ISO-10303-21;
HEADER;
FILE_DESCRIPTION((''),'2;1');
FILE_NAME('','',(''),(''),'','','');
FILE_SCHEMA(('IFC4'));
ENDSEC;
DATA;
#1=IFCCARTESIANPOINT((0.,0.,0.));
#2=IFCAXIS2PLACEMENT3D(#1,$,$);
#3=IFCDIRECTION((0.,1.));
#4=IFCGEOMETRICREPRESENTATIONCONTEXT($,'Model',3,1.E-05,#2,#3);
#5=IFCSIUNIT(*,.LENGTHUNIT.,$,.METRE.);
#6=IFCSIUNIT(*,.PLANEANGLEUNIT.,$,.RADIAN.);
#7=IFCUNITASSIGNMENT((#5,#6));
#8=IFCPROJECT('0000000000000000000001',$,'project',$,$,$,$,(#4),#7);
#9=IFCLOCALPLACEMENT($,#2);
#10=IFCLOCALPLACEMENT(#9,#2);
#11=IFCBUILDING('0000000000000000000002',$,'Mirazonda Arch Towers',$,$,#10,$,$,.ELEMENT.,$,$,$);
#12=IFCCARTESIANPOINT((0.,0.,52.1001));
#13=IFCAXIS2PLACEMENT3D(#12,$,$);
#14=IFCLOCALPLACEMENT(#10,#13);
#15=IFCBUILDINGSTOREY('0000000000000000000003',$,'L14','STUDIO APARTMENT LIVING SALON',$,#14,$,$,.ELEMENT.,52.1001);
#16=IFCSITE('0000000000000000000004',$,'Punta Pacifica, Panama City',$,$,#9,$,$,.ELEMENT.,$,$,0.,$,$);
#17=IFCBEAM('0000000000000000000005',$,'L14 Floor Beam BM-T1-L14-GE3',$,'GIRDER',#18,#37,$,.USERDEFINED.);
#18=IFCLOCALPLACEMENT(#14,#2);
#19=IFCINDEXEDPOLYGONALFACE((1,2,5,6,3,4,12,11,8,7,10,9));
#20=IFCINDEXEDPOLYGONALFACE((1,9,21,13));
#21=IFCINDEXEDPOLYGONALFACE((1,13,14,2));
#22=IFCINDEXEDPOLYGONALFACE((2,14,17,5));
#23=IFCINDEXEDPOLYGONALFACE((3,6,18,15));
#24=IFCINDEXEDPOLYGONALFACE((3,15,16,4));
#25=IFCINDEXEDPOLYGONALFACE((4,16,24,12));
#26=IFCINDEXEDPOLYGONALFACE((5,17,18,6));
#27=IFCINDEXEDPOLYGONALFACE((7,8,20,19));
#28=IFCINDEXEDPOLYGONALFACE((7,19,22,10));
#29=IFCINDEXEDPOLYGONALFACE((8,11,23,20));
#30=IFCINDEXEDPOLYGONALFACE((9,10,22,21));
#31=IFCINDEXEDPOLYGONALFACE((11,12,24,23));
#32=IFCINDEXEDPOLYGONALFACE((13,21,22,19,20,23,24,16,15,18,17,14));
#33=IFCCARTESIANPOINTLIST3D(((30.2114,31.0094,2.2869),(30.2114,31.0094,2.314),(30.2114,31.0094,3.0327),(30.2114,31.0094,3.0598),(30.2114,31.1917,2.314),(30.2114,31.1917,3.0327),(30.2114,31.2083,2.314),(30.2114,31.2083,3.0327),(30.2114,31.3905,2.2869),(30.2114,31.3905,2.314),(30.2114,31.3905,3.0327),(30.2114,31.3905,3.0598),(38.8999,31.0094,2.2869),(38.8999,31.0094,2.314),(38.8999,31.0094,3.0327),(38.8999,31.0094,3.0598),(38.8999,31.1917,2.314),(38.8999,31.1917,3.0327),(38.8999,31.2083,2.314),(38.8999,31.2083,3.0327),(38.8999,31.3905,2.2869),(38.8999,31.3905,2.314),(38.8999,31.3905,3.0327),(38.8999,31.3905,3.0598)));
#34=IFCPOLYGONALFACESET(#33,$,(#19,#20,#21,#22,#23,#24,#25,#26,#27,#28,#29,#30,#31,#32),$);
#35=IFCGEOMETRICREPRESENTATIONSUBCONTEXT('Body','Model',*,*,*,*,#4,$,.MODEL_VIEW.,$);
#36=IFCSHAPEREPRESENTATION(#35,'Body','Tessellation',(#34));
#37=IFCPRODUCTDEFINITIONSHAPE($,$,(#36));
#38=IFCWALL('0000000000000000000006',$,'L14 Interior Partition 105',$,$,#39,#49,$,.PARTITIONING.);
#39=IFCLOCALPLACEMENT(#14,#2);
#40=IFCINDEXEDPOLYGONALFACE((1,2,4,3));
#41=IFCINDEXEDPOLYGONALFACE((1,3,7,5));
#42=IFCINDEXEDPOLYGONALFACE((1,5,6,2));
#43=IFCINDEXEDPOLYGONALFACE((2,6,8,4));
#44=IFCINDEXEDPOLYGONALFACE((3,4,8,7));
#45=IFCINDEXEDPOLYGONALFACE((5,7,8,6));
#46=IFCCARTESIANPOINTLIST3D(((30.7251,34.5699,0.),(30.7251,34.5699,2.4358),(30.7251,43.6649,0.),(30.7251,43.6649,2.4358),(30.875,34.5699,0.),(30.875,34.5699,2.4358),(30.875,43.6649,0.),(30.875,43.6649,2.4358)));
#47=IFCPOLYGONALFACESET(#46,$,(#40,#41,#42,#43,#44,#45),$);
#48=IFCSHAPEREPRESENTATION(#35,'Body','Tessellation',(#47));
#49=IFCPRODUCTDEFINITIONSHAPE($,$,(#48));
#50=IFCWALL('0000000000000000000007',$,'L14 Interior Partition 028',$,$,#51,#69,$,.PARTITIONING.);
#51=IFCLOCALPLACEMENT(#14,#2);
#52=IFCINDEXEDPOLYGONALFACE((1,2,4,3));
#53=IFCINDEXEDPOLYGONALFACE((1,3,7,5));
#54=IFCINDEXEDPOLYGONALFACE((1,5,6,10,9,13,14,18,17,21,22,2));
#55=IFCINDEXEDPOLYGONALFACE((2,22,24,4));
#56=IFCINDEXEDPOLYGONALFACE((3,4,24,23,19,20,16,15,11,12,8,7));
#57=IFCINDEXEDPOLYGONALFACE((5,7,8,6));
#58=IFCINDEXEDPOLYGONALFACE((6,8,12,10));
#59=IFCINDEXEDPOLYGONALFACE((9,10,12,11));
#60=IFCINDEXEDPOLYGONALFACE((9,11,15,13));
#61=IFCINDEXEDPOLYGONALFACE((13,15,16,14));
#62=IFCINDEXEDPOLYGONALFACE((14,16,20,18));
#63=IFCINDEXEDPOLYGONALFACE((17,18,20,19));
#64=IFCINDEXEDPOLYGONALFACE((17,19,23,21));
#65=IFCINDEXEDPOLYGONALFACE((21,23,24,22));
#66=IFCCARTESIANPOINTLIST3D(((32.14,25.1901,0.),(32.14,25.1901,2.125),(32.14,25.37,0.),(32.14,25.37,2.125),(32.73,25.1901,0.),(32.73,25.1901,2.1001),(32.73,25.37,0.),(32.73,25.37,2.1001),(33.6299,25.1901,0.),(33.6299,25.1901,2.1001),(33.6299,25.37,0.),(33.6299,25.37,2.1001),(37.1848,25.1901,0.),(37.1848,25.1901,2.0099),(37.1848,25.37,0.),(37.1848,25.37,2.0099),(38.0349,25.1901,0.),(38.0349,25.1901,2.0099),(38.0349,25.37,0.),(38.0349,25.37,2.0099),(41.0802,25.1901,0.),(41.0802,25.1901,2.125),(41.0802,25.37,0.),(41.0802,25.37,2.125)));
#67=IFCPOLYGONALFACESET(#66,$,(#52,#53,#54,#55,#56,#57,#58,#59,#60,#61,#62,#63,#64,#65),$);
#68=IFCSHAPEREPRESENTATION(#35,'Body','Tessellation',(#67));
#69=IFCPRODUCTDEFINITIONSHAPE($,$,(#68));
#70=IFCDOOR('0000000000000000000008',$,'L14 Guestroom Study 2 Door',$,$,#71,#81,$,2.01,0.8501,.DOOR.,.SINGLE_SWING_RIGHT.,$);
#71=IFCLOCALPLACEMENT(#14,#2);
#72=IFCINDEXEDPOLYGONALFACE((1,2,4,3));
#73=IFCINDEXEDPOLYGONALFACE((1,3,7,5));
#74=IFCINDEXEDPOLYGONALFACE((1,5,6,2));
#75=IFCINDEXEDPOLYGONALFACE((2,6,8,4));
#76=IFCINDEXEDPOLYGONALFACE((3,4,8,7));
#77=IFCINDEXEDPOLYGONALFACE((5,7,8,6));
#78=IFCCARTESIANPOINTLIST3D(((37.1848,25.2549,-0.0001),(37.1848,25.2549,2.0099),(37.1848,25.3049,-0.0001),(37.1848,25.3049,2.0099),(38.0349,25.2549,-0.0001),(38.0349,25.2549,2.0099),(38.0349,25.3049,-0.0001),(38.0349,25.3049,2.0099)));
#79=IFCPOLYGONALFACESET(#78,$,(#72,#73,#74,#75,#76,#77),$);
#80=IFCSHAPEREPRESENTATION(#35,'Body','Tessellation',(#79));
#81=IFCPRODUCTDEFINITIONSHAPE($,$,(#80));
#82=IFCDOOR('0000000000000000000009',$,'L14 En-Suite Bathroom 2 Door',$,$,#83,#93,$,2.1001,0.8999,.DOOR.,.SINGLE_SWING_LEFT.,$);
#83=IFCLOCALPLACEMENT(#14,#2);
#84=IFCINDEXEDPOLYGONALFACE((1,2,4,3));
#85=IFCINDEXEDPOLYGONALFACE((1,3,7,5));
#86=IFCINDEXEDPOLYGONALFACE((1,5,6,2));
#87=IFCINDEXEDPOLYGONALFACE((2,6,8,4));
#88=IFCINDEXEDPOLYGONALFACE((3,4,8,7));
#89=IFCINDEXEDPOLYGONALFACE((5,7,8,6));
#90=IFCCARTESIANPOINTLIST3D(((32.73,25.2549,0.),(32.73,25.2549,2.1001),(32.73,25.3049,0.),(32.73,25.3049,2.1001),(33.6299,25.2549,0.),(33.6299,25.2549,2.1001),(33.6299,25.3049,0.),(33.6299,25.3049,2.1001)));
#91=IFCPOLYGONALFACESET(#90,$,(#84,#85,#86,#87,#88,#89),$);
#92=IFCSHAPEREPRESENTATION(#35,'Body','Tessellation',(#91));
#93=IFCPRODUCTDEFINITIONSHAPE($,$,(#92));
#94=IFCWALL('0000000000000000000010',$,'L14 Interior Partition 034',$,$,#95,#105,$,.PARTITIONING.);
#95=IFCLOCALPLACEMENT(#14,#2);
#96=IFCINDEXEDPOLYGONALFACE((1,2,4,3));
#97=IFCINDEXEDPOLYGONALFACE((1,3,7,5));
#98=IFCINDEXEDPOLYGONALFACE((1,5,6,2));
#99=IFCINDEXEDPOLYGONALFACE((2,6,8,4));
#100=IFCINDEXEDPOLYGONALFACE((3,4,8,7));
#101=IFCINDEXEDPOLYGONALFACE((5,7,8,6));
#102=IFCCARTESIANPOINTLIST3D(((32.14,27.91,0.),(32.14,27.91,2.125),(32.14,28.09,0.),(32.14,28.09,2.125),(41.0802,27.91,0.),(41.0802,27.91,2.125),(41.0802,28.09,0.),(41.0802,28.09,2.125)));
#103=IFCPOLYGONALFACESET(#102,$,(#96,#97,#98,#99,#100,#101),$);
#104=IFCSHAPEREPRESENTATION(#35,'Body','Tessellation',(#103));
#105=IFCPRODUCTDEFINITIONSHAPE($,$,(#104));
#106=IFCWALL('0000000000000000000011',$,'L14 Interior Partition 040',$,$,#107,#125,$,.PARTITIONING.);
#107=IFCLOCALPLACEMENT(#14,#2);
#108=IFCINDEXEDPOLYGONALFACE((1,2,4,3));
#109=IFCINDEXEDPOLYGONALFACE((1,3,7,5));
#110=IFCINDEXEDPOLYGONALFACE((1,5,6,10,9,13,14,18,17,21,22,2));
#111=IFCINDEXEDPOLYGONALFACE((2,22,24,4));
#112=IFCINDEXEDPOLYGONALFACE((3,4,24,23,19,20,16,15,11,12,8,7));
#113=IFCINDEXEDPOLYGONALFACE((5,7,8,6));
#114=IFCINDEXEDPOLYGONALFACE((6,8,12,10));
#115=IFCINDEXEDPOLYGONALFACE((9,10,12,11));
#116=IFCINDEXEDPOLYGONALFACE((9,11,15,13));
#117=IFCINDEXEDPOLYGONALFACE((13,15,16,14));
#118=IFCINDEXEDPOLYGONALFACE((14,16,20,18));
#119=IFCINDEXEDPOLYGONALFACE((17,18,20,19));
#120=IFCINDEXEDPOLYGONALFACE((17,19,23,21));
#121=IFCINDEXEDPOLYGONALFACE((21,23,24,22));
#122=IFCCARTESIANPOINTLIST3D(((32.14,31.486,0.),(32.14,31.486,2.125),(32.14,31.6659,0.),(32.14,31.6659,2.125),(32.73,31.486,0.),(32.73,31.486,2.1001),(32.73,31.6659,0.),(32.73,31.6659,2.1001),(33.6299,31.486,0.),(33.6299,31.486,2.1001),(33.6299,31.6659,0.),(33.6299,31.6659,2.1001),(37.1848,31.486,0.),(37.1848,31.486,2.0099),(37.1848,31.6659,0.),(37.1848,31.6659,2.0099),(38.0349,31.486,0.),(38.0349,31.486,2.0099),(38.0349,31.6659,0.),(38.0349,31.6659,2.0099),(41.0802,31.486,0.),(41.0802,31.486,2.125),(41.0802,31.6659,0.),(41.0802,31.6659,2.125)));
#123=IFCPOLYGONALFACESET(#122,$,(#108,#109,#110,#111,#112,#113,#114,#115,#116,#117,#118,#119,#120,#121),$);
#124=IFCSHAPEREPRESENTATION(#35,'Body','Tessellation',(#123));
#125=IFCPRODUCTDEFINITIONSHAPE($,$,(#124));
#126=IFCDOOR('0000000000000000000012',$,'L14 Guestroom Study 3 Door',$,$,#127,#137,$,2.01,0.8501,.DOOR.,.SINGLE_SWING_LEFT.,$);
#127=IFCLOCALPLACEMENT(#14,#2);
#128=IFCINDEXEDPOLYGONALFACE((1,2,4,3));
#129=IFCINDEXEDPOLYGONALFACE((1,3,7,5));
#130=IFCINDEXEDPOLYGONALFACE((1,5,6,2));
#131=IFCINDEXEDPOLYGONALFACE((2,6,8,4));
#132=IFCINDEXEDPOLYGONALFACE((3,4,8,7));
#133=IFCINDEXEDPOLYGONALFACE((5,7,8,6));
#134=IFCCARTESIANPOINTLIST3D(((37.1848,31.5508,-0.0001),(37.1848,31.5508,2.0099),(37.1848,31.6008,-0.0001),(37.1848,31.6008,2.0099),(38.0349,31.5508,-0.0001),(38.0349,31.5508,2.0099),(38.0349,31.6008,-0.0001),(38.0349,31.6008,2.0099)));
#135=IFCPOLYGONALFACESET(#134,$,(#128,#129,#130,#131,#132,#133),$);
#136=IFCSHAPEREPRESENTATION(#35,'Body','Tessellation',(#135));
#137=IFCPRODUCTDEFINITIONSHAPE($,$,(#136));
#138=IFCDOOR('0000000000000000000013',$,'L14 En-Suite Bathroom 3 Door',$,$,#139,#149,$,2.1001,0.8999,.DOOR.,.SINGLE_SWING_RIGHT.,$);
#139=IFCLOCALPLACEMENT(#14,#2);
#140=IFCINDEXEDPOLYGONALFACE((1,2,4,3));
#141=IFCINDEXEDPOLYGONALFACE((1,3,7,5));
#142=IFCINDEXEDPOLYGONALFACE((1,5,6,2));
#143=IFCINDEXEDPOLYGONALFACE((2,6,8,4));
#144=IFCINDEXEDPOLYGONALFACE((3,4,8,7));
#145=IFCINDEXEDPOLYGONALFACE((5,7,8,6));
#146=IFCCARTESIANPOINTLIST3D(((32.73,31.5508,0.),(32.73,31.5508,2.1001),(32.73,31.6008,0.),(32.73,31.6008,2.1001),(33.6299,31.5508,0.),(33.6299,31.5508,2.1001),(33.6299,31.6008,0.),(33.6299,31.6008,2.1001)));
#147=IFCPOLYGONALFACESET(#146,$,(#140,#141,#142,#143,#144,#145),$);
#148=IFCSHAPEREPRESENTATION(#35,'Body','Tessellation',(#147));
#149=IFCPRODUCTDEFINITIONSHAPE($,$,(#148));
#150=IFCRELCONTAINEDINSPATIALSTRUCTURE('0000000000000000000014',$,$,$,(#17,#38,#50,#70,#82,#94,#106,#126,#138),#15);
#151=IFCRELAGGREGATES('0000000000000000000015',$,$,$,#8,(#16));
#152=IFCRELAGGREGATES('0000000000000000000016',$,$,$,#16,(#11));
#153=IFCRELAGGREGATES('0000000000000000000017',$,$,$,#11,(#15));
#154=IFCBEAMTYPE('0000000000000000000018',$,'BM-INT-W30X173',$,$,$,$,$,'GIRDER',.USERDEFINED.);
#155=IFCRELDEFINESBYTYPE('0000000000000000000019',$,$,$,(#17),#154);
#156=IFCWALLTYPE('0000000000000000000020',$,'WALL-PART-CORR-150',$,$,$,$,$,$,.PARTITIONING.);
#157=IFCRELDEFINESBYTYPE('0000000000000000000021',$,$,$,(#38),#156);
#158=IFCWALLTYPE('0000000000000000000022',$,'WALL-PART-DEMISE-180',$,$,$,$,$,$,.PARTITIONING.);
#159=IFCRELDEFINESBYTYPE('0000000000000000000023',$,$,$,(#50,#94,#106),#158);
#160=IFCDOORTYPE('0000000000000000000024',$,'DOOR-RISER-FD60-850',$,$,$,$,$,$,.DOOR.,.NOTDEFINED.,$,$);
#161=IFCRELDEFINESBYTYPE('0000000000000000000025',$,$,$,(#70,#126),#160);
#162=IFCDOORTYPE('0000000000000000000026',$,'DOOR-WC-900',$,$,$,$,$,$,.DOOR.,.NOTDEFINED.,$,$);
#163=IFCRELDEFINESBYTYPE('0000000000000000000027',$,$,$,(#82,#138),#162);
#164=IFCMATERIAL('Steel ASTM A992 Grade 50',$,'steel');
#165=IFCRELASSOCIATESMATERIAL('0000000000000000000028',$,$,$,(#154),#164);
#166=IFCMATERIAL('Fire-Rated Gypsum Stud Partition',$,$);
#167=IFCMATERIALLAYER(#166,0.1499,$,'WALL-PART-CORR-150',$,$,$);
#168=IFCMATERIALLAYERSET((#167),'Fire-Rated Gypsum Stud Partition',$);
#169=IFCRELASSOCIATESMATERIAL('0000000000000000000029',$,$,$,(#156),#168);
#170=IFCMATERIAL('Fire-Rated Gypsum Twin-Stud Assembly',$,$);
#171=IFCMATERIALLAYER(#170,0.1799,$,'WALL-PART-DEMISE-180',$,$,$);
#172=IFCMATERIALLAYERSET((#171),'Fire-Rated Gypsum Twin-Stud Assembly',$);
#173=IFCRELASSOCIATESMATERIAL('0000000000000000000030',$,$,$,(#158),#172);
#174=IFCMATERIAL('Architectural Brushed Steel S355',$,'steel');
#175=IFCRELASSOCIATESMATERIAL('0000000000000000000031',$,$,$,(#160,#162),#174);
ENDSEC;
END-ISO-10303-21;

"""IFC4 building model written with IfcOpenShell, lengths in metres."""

from ifc_helpers import new_model, si_unit, direction, frame, frame_2d, origin, origin_2d, place, context, subcontext, project, spatial, rectangle, i_section, extrude, material, layer, layer_set, material_profile, profile_set, type_object, element, fill, save


model = new_model("IFC4")

# Units and contexts
model_context = context("Model", 3, precision=1e-05, world=origin(), true_north=direction((0.0, 1.0)))
body_context = subcontext(model_context, "Body", "Model", "MODEL_VIEW")
ifc_project = project(units=[si_unit("LENGTHUNIT", "METRE"), si_unit("PLANEANGLEUNIT", "RADIAN")], contexts=[model_context])

# Site, building, storey
site_placement = place(None, origin())
site = spatial("IfcSite", under=ifc_project, at=site_placement, Name="Punta Pacifica, Panama City", CompositionType="ELEMENT", RefElevation=0.0)
building_placement = place(site_placement, origin())
building = spatial("IfcBuilding", under=site, at=building_placement, Name="Mirazonda Arch Towers", CompositionType="ELEMENT")
storey_placement = place(building_placement, frame((0.0, 0.0, 52.1001)))
storey = spatial("IfcBuildingStorey", under=building, at=storey_placement, Name="L14", Description="STUDIO APARTMENT LIVING SALON", CompositionType="ELEMENT", Elevation=52.1001)

# Beam
ifc_material_1 = material(Name="Steel ASTM A992 Grade 50", Category="steel")
ifc_material_profile = material_profile(ifc_material_1, i_section(OverallWidth=0.3811, OverallDepth=0.7729, WebThickness=0.0166, FlangeThickness=0.0271, at=origin_2d()), Name="W30X173")
ifc_profile_set = profile_set([ifc_material_profile], Name="Steel ASTM A992 Grade 50")
beam_type = type_object("IfcBeamType", Name="BM-INT-W30X173", ElementType="GIRDER", PredefinedType="USERDEFINED", material=ifc_profile_set)
beam_placement = place(storey_placement, frame((30.2114, 31.2, 2.6733), z_axis=(1.0, 0.0, 0.0), x_axis=(0.0, 1.0, 0.0)))
element("IfcBeam", 1, at=beam_placement, inside=storey, type_object=beam_type, Name="L14 Floor Beam BM-T1-L14-GE3", ObjectType="GIRDER", PredefinedType="USERDEFINED", context=body_context, shape_type="SweptSolid", body=[
    extrude(i_section(OverallWidth=0.3811, OverallDepth=0.7729, WebThickness=0.0166, FlangeThickness=0.0271, at=origin_2d()), origin(), (0.0, 0.0, 1.0), 8.6885),
])

# Wall
ifc_material_2 = material(Name="Fire-Rated Gypsum Stud Partition")
ifc_layer_1 = layer(ifc_material_2, 0.1499, Name="WALL-PART-CORR-150")
ifc_layer_set_1 = layer_set([ifc_layer_1], Name="Fire-Rated Gypsum Stud Partition")
wall_type_1 = type_object("IfcWallType", Name="WALL-PART-CORR-150", PredefinedType="PARTITIONING", material=ifc_layer_set_1)
wall_1_placement = place(storey_placement, frame((30.8, 34.5701, 0.0), z_axis=(0.0, 0.0, 1.0), x_axis=(0.0, 1.0, 0.0)))
element("IfcWall", 2, at=wall_1_placement, inside=storey, type_object=wall_type_1, Name="L14 Interior Partition 105", PredefinedType="PARTITIONING", context=body_context, shape_type="SweptSolid", body=[
    extrude(rectangle(XDim=9.095, YDim=0.1499, at=frame_2d((4.5474, 0.0))), origin(), (0.0, 0.0, 1.0), 2.4358),
])

# Wall, openings, doors
ifc_material_3 = material(Name="Fire-Rated Gypsum Twin-Stud Assembly")
ifc_layer_2 = layer(ifc_material_3, 0.1799, Name="WALL-PART-DEMISE-180")
ifc_layer_set_2 = layer_set([ifc_layer_2], Name="Fire-Rated Gypsum Twin-Stud Assembly")
wall_type_2 = type_object("IfcWallType", Name="WALL-PART-DEMISE-180", PredefinedType="PARTITIONING", material=ifc_layer_set_2)
wall_2_placement = place(storey_placement, frame((32.1399, 25.28, 0.0), z_axis=(0.0, 0.0, 1.0), x_axis=(1.0, 0.0, 0.0)))
wall_2 = element("IfcWall", 3, at=wall_2_placement, inside=storey, type_object=wall_type_2, Name="L14 Interior Partition 028", PredefinedType="PARTITIONING", context=body_context, shape_type="SweptSolid", body=[
    extrude(rectangle(XDim=8.9402, YDim=0.1799, at=frame_2d((4.4702, 0.0))), origin(), (0.0, 0.0, 1.0), 2.125),
])
opening_1_placement = place(wall_2_placement, frame((5.0449, 0.0, 0.0)))
opening_1 = element("IfcOpeningElement", 4, at=opening_1_placement, cuts=wall_2, PredefinedType="OPENING", context=body_context, shape_type="SweptSolid", body=[
    extrude(rectangle(XDim=0.8501, YDim=2.01, at=frame_2d((0.425, 1.0049))), frame((0.0, 0.0999, 0.0), z_axis=(0.0, -1.0, 0.0), x_axis=(1.0, 0.0, 0.0)), (0.0, 0.0, 1.0), 0.2),
])
opening_2_placement = place(wall_2_placement, frame((0.5901, 0.0, 0.0)))
opening_2 = element("IfcOpeningElement", 5, at=opening_2_placement, cuts=wall_2, PredefinedType="OPENING", context=body_context, shape_type="SweptSolid", body=[
    extrude(rectangle(XDim=0.8999, YDim=2.1001, at=frame_2d((0.45, 1.05))), frame((0.0, 0.0999, 0.0), z_axis=(0.0, -1.0, 0.0), x_axis=(1.0, 0.0, 0.0)), (0.0, 0.0, 1.0), 0.2),
])
ifc_material_4 = material(Name="Architectural Brushed Steel S355", Category="steel")
door_type_1 = type_object("IfcDoorType", Name="DOOR-RISER-FD60-850", OperationType="NOTDEFINED", PredefinedType="DOOR", material=ifc_material_4)
door_1_placement = place(opening_1_placement, origin())
door_1 = element("IfcDoor", 6, at=door_1_placement, inside=storey, type_object=door_type_1, Name="L14 Guestroom Study 2 Door", OperationType="SINGLE_SWING_RIGHT", OverallHeight=2.01, OverallWidth=0.8501, PredefinedType="DOOR", context=body_context, shape_type="SweptSolid", body=[
    extrude(rectangle(XDim=0.8501, YDim=2.01, at=frame_2d((0.425, 1.0049))), frame((0.0, 0.0249, 0.0), z_axis=(0.0, -1.0, 0.0), x_axis=(1.0, 0.0, 0.0)), (0.0, 0.0, 1.0), 0.05),
])
fill(opening_1, door_1)
door_type_2 = type_object("IfcDoorType", Name="DOOR-WC-900", OperationType="NOTDEFINED", PredefinedType="DOOR", material=ifc_material_4)
door_2_placement = place(opening_2_placement, origin())
door_2 = element("IfcDoor", 7, at=door_2_placement, inside=storey, type_object=door_type_2, Name="L14 En-Suite Bathroom 2 Door", OperationType="SINGLE_SWING_LEFT", OverallHeight=2.1001, OverallWidth=0.8999, PredefinedType="DOOR", context=body_context, shape_type="SweptSolid", body=[
    extrude(rectangle(XDim=0.8999, YDim=2.1001, at=frame_2d((0.45, 1.05))), frame((0.0, 0.0249, 0.0), z_axis=(0.0, -1.0, 0.0), x_axis=(1.0, 0.0, 0.0)), (0.0, 0.0, 1.0), 0.05),
])
fill(opening_2, door_2)

# Wall
wall_3_placement = place(storey_placement, frame((32.1399, 28.0, 0.0), z_axis=(0.0, 0.0, 1.0), x_axis=(1.0, 0.0, 0.0)))
element("IfcWall", 8, at=wall_3_placement, inside=storey, type_object=wall_type_2, Name="L14 Interior Partition 034", PredefinedType="PARTITIONING", context=body_context, shape_type="SweptSolid", body=[
    extrude(rectangle(XDim=8.9402, YDim=0.1799, at=frame_2d((4.4702, 0.0))), origin(), (0.0, 0.0, 1.0), 2.125),
])

# Wall, openings, doors
wall_4_placement = place(storey_placement, frame((32.1399, 31.5759, 0.0), z_axis=(0.0, 0.0, 1.0), x_axis=(1.0, 0.0, 0.0)))
wall_4 = element("IfcWall", 9, at=wall_4_placement, inside=storey, type_object=wall_type_2, Name="L14 Interior Partition 040", PredefinedType="PARTITIONING", context=body_context, shape_type="SweptSolid", body=[
    extrude(rectangle(XDim=8.9402, YDim=0.1799, at=frame_2d((4.4702, 0.0))), origin(), (0.0, 0.0, 1.0), 2.125),
])
opening_3_placement = place(wall_4_placement, frame((5.0449, 0.0, 0.0)))
opening_3 = element("IfcOpeningElement", 10, at=opening_3_placement, cuts=wall_4, PredefinedType="OPENING", context=body_context, shape_type="SweptSolid", body=[
    extrude(rectangle(XDim=0.8501, YDim=2.01, at=frame_2d((0.425, 1.0049))), frame((0.0, 0.0999, 0.0), z_axis=(0.0, -1.0, 0.0), x_axis=(1.0, 0.0, 0.0)), (0.0, 0.0, 1.0), 0.2),
])
opening_4_placement = place(wall_4_placement, frame((0.5901, 0.0, 0.0)))
opening_4 = element("IfcOpeningElement", 11, at=opening_4_placement, cuts=wall_4, PredefinedType="OPENING", context=body_context, shape_type="SweptSolid", body=[
    extrude(rectangle(XDim=0.8999, YDim=2.1001, at=frame_2d((0.45, 1.05))), frame((0.0, 0.0999, 0.0), z_axis=(0.0, -1.0, 0.0), x_axis=(1.0, 0.0, 0.0)), (0.0, 0.0, 1.0), 0.2),
])
door_3_placement = place(opening_3_placement, origin())
door_3 = element("IfcDoor", 12, at=door_3_placement, inside=storey, type_object=door_type_1, Name="L14 Guestroom Study 3 Door", OperationType="SINGLE_SWING_LEFT", OverallHeight=2.01, OverallWidth=0.8501, PredefinedType="DOOR", context=body_context, shape_type="SweptSolid", body=[
    extrude(rectangle(XDim=0.8501, YDim=2.01, at=frame_2d((0.425, 1.0049))), frame((0.0, 0.0249, 0.0), z_axis=(0.0, -1.0, 0.0), x_axis=(1.0, 0.0, 0.0)), (0.0, 0.0, 1.0), 0.05),
])
fill(opening_3, door_3)
door_4_placement = place(opening_4_placement, origin())
door_4 = element("IfcDoor", 13, at=door_4_placement, inside=storey, type_object=door_type_2, Name="L14 En-Suite Bathroom 3 Door", OperationType="SINGLE_SWING_RIGHT", OverallHeight=2.1001, OverallWidth=0.8999, PredefinedType="DOOR", context=body_context, shape_type="SweptSolid", body=[
    extrude(rectangle(XDim=0.8999, YDim=2.1001, at=frame_2d((0.45, 1.05))), frame((0.0, 0.0249, 0.0), z_axis=(0.0, -1.0, 0.0), x_axis=(1.0, 0.0, 0.0)), (0.0, 0.0, 1.0), 0.05),
])
fill(opening_4, door_4)

save(model, "model.ifc")
